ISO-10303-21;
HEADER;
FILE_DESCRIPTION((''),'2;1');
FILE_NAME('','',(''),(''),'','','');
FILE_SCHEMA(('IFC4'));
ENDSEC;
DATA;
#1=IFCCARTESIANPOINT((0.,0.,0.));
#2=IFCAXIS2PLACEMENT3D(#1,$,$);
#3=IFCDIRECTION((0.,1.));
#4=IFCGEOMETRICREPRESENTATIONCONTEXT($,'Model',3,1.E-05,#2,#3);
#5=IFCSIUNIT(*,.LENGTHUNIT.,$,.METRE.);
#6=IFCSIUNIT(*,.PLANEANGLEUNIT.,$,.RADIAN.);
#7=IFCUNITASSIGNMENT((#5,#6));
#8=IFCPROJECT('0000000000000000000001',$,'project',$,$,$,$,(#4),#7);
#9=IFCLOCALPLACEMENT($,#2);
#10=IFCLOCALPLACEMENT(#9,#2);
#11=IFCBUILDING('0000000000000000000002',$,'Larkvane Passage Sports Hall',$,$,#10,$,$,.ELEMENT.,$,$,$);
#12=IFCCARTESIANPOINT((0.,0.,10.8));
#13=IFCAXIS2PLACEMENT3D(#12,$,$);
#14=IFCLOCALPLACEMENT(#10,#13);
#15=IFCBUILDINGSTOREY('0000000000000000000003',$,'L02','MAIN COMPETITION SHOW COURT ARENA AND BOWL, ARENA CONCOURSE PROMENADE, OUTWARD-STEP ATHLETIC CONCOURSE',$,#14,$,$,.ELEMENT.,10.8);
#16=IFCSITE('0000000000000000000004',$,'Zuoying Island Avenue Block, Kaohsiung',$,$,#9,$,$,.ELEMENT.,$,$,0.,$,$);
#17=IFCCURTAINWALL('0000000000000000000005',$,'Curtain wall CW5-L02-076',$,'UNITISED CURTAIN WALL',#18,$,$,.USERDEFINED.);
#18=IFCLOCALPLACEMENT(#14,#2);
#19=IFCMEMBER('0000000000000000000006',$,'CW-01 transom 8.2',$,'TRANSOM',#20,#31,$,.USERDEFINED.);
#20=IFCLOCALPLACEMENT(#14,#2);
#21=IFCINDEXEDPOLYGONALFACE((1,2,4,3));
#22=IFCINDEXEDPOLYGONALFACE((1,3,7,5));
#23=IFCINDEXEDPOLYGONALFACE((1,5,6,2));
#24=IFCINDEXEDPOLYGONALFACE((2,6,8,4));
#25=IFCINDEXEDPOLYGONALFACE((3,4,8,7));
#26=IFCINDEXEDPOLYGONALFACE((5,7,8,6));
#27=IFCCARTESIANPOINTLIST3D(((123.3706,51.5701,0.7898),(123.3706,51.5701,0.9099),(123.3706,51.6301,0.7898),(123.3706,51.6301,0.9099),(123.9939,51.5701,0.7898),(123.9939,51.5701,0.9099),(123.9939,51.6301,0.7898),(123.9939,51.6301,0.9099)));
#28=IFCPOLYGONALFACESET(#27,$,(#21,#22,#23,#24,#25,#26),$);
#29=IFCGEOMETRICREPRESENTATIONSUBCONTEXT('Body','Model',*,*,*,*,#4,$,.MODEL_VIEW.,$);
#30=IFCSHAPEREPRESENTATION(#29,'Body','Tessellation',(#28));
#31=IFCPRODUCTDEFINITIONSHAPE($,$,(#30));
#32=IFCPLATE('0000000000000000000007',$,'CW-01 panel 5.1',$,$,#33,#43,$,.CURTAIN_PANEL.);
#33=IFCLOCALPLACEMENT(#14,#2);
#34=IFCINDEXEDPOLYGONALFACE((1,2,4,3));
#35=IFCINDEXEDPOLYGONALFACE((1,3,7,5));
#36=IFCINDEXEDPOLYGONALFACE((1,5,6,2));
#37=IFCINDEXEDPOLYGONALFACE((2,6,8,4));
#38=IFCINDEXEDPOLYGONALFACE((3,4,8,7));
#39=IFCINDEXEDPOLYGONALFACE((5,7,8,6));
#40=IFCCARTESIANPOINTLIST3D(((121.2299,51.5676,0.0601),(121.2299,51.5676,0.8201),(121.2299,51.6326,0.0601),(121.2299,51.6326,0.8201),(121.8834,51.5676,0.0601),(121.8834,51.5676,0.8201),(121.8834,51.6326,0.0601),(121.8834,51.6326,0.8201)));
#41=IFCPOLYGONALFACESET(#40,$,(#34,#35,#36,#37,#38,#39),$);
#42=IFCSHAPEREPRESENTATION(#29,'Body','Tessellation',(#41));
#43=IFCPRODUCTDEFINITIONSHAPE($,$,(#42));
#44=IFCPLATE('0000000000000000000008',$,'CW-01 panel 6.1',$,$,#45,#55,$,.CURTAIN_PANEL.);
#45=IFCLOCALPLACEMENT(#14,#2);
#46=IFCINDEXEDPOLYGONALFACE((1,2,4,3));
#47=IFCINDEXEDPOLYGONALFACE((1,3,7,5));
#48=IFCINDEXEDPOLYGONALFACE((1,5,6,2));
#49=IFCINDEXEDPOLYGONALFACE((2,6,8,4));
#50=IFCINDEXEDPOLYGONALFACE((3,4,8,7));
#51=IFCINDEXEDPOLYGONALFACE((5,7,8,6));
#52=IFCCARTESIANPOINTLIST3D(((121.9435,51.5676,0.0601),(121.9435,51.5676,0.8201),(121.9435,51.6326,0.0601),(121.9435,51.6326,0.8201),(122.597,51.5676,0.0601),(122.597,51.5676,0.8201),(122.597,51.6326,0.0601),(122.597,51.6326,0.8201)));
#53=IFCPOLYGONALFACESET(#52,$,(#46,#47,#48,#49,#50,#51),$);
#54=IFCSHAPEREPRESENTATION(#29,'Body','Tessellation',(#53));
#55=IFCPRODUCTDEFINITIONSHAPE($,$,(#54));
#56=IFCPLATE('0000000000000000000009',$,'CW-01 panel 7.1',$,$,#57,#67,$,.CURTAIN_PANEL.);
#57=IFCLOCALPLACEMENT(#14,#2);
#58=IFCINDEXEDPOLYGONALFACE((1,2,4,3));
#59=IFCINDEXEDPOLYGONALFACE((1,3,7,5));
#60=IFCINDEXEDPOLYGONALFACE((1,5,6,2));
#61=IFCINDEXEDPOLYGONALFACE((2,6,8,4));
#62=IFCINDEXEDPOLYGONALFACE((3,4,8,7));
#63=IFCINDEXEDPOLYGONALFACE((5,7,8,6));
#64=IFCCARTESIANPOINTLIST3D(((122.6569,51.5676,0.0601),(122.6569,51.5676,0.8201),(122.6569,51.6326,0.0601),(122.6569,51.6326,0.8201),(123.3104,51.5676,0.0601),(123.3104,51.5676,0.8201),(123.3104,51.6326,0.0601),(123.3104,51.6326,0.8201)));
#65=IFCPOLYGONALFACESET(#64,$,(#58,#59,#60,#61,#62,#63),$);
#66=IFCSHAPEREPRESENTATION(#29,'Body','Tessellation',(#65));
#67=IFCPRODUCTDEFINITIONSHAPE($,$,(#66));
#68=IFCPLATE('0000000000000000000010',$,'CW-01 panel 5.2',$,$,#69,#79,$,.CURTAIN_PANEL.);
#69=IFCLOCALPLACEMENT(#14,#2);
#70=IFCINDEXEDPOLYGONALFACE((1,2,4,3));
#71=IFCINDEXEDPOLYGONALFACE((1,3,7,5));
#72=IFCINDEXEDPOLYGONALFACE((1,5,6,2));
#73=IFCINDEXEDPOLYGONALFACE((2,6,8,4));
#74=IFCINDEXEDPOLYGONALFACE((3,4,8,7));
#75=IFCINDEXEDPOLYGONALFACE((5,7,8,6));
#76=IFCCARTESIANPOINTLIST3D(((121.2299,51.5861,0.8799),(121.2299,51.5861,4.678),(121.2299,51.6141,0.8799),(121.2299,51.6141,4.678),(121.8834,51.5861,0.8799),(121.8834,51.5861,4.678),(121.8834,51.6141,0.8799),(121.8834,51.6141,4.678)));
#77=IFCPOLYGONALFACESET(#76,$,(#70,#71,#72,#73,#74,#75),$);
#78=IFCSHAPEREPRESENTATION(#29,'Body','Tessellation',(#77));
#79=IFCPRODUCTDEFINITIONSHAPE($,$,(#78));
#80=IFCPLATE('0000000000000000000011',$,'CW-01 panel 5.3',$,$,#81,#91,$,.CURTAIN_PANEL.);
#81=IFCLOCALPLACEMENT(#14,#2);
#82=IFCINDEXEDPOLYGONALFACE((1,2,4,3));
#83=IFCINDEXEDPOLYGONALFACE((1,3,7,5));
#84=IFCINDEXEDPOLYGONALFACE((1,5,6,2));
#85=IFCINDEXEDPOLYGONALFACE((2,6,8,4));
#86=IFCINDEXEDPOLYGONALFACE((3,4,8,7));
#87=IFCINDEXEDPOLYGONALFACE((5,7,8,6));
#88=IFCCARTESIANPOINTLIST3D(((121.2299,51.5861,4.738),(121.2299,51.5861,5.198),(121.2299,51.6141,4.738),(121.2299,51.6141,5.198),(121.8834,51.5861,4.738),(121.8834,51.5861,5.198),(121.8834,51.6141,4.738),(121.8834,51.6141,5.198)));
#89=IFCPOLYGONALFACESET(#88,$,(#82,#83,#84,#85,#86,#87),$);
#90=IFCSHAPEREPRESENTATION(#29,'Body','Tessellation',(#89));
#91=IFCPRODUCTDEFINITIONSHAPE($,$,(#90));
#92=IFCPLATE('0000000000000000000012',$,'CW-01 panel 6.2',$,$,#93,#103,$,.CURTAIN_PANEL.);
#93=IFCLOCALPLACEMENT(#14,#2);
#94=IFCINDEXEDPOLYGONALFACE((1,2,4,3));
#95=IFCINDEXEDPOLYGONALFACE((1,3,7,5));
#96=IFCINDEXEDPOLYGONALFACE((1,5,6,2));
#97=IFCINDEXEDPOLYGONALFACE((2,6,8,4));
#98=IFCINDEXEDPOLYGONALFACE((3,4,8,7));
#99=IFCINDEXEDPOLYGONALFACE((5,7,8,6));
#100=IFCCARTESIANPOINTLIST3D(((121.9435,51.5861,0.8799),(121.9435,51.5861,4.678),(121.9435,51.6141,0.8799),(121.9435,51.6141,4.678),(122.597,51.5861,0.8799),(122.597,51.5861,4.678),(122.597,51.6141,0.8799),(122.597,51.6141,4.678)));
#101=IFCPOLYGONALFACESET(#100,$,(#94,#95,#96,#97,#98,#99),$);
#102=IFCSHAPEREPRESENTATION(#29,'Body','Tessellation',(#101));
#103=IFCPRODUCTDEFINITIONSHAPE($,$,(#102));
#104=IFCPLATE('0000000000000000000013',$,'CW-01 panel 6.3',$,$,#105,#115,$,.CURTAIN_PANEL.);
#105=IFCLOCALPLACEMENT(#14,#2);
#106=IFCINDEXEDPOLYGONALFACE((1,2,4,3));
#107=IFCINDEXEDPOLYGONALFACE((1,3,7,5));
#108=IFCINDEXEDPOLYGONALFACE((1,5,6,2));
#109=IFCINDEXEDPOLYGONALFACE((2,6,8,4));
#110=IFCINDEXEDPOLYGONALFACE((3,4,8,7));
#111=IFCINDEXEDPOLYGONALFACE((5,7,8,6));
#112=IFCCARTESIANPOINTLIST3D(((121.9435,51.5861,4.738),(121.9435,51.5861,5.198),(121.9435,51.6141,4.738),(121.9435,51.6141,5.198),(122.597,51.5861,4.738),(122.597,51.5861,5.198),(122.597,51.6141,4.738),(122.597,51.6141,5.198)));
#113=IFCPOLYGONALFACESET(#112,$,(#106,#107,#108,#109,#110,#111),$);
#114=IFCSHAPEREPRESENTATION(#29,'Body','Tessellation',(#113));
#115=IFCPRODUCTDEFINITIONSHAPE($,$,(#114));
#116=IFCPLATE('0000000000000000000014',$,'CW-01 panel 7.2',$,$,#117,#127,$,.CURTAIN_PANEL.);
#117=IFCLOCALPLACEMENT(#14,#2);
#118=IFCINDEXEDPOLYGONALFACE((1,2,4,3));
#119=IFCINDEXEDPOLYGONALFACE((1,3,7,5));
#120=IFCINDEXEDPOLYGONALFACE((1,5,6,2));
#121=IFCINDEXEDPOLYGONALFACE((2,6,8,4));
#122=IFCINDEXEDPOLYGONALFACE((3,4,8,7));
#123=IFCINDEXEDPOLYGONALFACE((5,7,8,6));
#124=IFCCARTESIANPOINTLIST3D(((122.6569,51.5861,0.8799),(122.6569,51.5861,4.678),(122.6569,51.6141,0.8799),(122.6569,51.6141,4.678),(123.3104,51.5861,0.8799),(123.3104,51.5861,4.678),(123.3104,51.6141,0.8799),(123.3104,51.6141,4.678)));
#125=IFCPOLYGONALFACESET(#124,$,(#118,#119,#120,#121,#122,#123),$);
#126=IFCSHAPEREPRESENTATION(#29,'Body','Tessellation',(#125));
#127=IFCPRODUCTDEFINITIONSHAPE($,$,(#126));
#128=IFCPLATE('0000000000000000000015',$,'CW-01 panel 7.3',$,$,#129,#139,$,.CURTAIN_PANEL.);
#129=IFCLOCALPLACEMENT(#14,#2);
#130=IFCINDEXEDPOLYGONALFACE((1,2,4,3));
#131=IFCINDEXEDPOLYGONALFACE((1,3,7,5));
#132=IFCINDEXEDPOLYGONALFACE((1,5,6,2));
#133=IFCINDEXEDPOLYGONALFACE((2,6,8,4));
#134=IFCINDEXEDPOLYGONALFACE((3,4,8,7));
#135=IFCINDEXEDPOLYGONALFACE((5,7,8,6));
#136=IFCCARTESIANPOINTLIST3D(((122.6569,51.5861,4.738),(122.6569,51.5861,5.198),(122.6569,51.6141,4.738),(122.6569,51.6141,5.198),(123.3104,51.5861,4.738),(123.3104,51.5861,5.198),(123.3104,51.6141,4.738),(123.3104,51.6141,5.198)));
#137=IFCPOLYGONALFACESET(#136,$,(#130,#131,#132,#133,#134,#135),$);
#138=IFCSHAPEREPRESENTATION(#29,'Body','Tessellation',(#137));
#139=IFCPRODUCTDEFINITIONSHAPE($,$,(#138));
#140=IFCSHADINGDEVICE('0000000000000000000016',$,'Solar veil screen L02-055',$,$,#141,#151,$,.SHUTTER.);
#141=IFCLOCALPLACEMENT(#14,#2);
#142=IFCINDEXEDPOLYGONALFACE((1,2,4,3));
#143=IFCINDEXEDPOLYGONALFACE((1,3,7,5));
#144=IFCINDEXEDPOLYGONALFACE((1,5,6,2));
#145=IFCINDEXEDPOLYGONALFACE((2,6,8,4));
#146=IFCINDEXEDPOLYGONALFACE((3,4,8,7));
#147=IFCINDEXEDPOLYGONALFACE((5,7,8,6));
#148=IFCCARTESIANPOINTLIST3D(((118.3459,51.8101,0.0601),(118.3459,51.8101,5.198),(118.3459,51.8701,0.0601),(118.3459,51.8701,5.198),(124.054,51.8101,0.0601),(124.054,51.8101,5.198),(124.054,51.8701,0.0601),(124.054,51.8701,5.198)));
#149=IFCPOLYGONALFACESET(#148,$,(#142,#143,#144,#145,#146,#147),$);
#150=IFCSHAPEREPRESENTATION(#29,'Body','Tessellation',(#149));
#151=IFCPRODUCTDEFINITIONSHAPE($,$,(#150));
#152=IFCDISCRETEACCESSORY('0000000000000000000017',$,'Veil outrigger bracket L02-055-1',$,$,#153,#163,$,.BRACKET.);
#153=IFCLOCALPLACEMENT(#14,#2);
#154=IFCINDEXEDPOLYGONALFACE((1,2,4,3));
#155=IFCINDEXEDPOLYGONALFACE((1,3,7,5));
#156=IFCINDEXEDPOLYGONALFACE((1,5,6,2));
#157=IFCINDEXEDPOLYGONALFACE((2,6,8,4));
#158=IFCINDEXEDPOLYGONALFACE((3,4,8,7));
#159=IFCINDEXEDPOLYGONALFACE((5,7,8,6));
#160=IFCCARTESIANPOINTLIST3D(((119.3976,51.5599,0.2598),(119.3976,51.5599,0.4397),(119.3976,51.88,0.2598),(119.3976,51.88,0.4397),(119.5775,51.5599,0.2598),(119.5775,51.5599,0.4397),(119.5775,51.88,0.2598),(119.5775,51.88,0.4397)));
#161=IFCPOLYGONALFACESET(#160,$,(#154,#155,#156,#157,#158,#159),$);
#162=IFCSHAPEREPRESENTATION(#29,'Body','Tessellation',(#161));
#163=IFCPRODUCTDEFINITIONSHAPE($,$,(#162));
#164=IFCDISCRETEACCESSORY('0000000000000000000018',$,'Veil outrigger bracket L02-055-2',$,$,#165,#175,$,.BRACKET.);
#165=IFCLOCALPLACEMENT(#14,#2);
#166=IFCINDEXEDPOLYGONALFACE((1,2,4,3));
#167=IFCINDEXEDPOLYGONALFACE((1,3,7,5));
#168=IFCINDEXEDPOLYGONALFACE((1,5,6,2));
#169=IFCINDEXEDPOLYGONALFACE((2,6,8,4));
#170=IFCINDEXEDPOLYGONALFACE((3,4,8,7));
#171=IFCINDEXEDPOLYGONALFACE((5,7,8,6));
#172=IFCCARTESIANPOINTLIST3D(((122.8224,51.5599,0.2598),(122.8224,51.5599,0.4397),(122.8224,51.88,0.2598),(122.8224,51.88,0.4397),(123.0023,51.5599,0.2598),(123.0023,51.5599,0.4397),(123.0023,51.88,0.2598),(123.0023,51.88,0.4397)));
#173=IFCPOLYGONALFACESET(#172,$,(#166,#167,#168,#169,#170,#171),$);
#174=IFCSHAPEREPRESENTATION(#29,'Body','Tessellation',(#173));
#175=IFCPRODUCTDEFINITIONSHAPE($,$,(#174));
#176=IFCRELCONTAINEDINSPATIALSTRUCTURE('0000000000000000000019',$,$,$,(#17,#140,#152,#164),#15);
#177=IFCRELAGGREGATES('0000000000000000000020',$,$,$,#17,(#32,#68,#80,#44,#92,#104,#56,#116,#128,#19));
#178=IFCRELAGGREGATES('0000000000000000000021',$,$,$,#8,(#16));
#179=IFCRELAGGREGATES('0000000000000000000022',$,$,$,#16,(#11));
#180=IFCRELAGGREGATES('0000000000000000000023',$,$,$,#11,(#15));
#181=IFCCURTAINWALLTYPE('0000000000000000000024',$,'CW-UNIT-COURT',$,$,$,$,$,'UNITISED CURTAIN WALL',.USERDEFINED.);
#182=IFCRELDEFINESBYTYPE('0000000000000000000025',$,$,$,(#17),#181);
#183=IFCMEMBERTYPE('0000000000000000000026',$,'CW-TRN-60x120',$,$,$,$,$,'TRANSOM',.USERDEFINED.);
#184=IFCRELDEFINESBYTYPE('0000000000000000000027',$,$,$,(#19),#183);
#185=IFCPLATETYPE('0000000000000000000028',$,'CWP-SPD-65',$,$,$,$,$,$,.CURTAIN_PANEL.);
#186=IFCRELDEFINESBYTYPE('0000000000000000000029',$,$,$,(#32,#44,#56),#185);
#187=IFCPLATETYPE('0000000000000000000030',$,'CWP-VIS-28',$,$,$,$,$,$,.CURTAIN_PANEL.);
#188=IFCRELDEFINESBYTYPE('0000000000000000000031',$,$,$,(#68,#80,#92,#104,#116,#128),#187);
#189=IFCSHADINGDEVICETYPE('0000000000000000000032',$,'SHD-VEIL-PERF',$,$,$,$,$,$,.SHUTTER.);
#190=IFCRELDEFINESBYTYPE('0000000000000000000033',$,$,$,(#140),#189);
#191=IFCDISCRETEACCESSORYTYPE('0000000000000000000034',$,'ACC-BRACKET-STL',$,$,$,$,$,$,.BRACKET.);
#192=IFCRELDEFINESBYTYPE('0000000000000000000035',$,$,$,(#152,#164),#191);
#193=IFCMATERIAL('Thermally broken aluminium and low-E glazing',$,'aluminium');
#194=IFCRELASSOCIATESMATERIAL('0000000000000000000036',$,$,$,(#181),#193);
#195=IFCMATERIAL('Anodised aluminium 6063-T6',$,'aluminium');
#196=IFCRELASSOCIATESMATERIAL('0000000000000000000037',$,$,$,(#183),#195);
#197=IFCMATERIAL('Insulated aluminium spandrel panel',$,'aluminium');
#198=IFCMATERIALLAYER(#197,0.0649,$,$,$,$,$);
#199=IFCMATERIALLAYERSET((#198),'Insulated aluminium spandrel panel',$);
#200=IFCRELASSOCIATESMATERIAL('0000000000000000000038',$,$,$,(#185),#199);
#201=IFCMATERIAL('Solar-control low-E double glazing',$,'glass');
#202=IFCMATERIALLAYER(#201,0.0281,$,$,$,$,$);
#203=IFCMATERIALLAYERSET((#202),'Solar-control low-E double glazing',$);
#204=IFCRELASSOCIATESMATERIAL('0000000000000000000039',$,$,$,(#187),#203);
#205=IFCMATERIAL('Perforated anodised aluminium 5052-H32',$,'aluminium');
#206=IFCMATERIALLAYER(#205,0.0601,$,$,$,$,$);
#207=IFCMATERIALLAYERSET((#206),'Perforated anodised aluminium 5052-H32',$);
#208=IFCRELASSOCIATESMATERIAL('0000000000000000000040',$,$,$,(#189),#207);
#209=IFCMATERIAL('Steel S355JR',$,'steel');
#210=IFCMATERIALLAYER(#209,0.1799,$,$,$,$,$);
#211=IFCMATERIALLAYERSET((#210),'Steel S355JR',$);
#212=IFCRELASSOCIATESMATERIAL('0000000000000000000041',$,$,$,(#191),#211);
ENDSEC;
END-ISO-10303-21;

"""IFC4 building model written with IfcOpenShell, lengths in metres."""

from ifc_helpers import new_model, si_unit, direction, frame, origin, origin_2d, place, context, subcontext, project, spatial, rectangle, extrude, material, layer, layer_set, material_profile, profile_set, type_object, element, aggregate, save


model = new_model("IFC4")

# Units and contexts
model_context = context("Model", 3, precision=1e-05, world=origin(), true_north=direction((0.0, 1.0)))
body_context = subcontext(model_context, "Body", "Model", "MODEL_VIEW")
ifc_project = project(units=[si_unit("LENGTHUNIT", "METRE"), si_unit("PLANEANGLEUNIT", "RADIAN")], contexts=[model_context])

# Site, building, storey
site_placement = place(None, origin())
site = spatial("IfcSite", under=ifc_project, at=site_placement, Name="Zuoying Island Avenue Block, Kaohsiung", CompositionType="ELEMENT", RefElevation=0.0)
building_placement = place(site_placement, origin())
building = spatial("IfcBuilding", under=site, at=building_placement, Name="Larkvane Passage Sports Hall", CompositionType="ELEMENT")
storey_placement = place(building_placement, frame((0.0, 0.0, 10.8)))
storey = spatial("IfcBuildingStorey", under=building, at=storey_placement, Name="L02", Description="MAIN COMPETITION SHOW COURT ARENA AND BOWL, ARENA CONCOURSE PROMENADE, OUTWARD-STEP ATHLETIC CONCOURSE", CompositionType="ELEMENT", Elevation=10.8)

# Curtain wall, member, plates
ifc_material_1 = material(Name="Thermally broken aluminium and low-E glazing", Category="aluminium")
curtain_wall_type = type_object("IfcCurtainWallType", Name="CW-UNIT-COURT", ElementType="UNITISED CURTAIN WALL", PredefinedType="USERDEFINED", material=ifc_material_1)
curtain_wall_placement = place(storey_placement, origin())
curtain_wall = element("IfcCurtainWall", 1, at=curtain_wall_placement, inside=storey, type_object=curtain_wall_type, Name="Curtain wall CW5-L02-076", ObjectType="UNITISED CURTAIN WALL", PredefinedType="USERDEFINED")
ifc_material_2 = material(Name="Anodised aluminium 6063-T6", Category="aluminium")
ifc_material_profile_1 = material_profile(ifc_material_2, rectangle(XDim=0.0601, YDim=0.1201, at=origin_2d()), Name="ALU-TRN-60x120")
ifc_profile_set_1 = profile_set([ifc_material_profile_1], Name="Anodised aluminium 6063-T6")
member_type_1 = type_object("IfcMemberType", Name="CW-TRN-60x120", ElementType="TRANSOM", PredefinedType="USERDEFINED", material=ifc_profile_set_1)
member_1_placement = place(storey_placement, frame((123.3706, 51.6001, 0.8499), z_axis=(1.0, 0.0, 0.0), x_axis=(0.0, 1.0, 0.0)))
member_1 = element("IfcMember", 2, at=member_1_placement, type_object=member_type_1, Name="CW-01 transom 8.2", ObjectType="TRANSOM", PredefinedType="USERDEFINED", context=body_context, shape_type="SweptSolid", body=[
    extrude(rectangle(XDim=0.0601, YDim=0.1201, at=origin_2d()), origin(), (0.0, 0.0, 1.0), 0.6233),
])
ifc_material_3 = material(Name="Insulated aluminium spandrel panel", Category="aluminium")
ifc_layer_1 = layer(ifc_material_3, 0.0649)
ifc_layer_set_1 = layer_set([ifc_layer_1], Name="Insulated aluminium spandrel panel")
plate_type_1 = type_object("IfcPlateType", Name="CWP-SPD-65", PredefinedType="CURTAIN_PANEL", material=ifc_layer_set_1)
plate_1_placement = place(storey_placement, frame((121.5566, 51.6001, 0.0601), z_axis=(0.0, 0.0, 1.0), x_axis=(1.0, 0.0, 0.0)))
plate_1 = element("IfcPlate", 3, at=plate_1_placement, type_object=plate_type_1, Name="CW-01 panel 5.1", PredefinedType="CURTAIN_PANEL", context=body_context, shape_type="SweptSolid", body=[
    extrude(rectangle(XDim=0.6536, YDim=0.0649, at=origin_2d()), origin(), (0.0, 0.0, 1.0), 0.76),
])
plate_2_placement = place(storey_placement, frame((122.2703, 51.6001, 0.0601), z_axis=(0.0, 0.0, 1.0), x_axis=(1.0, 0.0, 0.0)))
plate_2 = element("IfcPlate", 4, at=plate_2_placement, type_object=plate_type_1, Name="CW-01 panel 6.1", PredefinedType="CURTAIN_PANEL", context=body_context, shape_type="SweptSolid", body=[
    extrude(rectangle(XDim=0.6536, YDim=0.0649, at=origin_2d()), origin(), (0.0, 0.0, 1.0), 0.76),
])
plate_3_placement = place(storey_placement, frame((122.9836, 51.6001, 0.0601), z_axis=(0.0, 0.0, 1.0), x_axis=(1.0, 0.0, 0.0)))
plate_3 = element("IfcPlate", 5, at=plate_3_placement, type_object=plate_type_1, Name="CW-01 panel 7.1", PredefinedType="CURTAIN_PANEL", context=body_context, shape_type="SweptSolid", body=[
    extrude(rectangle(XDim=0.6536, YDim=0.0649, at=origin_2d()), origin(), (0.0, 0.0, 1.0), 0.76),
])
ifc_material_4 = material(Name="Solar-control low-E double glazing", Category="glass")
ifc_layer_2 = layer(ifc_material_4, 0.0281)
ifc_layer_set_2 = layer_set([ifc_layer_2], Name="Solar-control low-E double glazing")
plate_type_2 = type_object("IfcPlateType", Name="CWP-VIS-28", PredefinedType="CURTAIN_PANEL", material=ifc_layer_set_2)
plate_4_placement = place(storey_placement, frame((121.5566, 51.6001, 0.8799), z_axis=(0.0, 0.0, 1.0), x_axis=(1.0, 0.0, 0.0)))
plate_4 = element("IfcPlate", 6, at=plate_4_placement, type_object=plate_type_2, Name="CW-01 panel 5.2", PredefinedType="CURTAIN_PANEL", context=body_context, shape_type="SweptSolid", body=[
    extrude(rectangle(XDim=0.6536, YDim=0.0281, at=origin_2d()), origin(), (0.0, 0.0, 1.0), 3.7981),
])
plate_5_placement = place(storey_placement, frame((121.5566, 51.6001, 4.738), z_axis=(0.0, 0.0, 1.0), x_axis=(1.0, 0.0, 0.0)))
plate_5 = element("IfcPlate", 7, at=plate_5_placement, type_object=plate_type_2, Name="CW-01 panel 5.3", PredefinedType="CURTAIN_PANEL", context=body_context, shape_type="SweptSolid", body=[
    extrude(rectangle(XDim=0.6536, YDim=0.0281, at=origin_2d()), origin(), (0.0, 0.0, 1.0), 0.46),
])
plate_6_placement = place(storey_placement, frame((122.2703, 51.6001, 0.8799), z_axis=(0.0, 0.0, 1.0), x_axis=(1.0, 0.0, 0.0)))
plate_6 = element("IfcPlate", 8, at=plate_6_placement, type_object=plate_type_2, Name="CW-01 panel 6.2", PredefinedType="CURTAIN_PANEL", context=body_context, shape_type="SweptSolid", body=[
    extrude(rectangle(XDim=0.6536, YDim=0.0281, at=origin_2d()), origin(), (0.0, 0.0, 1.0), 3.7981),
])
plate_7_placement = place(storey_placement, frame((122.2703, 51.6001, 4.738), z_axis=(0.0, 0.0, 1.0), x_axis=(1.0, 0.0, 0.0)))
plate_7 = element("IfcPlate", 9, at=plate_7_placement, type_object=plate_type_2, Name="CW-01 panel 6.3", PredefinedType="CURTAIN_PANEL", context=body_context, shape_type="SweptSolid", body=[
    extrude(rectangle(XDim=0.6536, YDim=0.0281, at=origin_2d()), origin(), (0.0, 0.0, 1.0), 0.46),
])
plate_8_placement = place(storey_placement, frame((122.9836, 51.6001, 0.8799), z_axis=(0.0, 0.0, 1.0), x_axis=(1.0, 0.0, 0.0)))
plate_8 = element("IfcPlate", 10, at=plate_8_placement, type_object=plate_type_2, Name="CW-01 panel 7.2", PredefinedType="CURTAIN_PANEL", context=body_context, shape_type="SweptSolid", body=[
    extrude(rectangle(XDim=0.6536, YDim=0.0281, at=origin_2d()), origin(), (0.0, 0.0, 1.0), 3.7981),
])
plate_9_placement = place(storey_placement, frame((122.9836, 51.6001, 4.738), z_axis=(0.0, 0.0, 1.0), x_axis=(1.0, 0.0, 0.0)))
plate_9 = element("IfcPlate", 11, at=plate_9_placement, type_object=plate_type_2, Name="CW-01 panel 7.3", PredefinedType="CURTAIN_PANEL", context=body_context, shape_type="SweptSolid", body=[
    extrude(rectangle(XDim=0.6536, YDim=0.0281, at=origin_2d()), origin(), (0.0, 0.0, 1.0), 0.46),
])
aggregate(curtain_wall, [plate_1, plate_4, plate_5, plate_2, plate_6, plate_7, plate_3, plate_8, plate_9, member_1])

# Shading device
ifc_material_5 = material(Name="Perforated anodised aluminium 5052-H32", Category="aluminium")
ifc_layer_3 = layer(ifc_material_5, 0.0601)
ifc_layer_set_3 = layer_set([ifc_layer_3], Name="Perforated anodised aluminium 5052-H32")
shading_device_type = type_object("IfcShadingDeviceType", Name="SHD-VEIL-PERF", PredefinedType="SHUTTER", material=ifc_layer_set_3)
shading_device_placement = place(storey_placement, frame((121.2, 51.8401, 0.0601), z_axis=(0.0, 0.0, 1.0), x_axis=(1.0, 0.0, 0.0)))
element("IfcShadingDevice", 12, at=shading_device_placement, inside=storey, type_object=shading_device_type, Name="Solar veil screen L02-055", PredefinedType="SHUTTER", context=body_context, shape_type="SweptSolid", body=[
    extrude(rectangle(XDim=5.708, YDim=0.0601, at=origin_2d()), origin(), (0.0, 0.0, 1.0), 5.1379),
])

# Discrete accessories
ifc_material_6 = material(Name="Steel S355JR", Category="steel")
ifc_layer_4 = layer(ifc_material_6, 0.1799)
ifc_layer_set_4 = layer_set([ifc_layer_4], Name="Steel S355JR")
discrete_accessory_type = type_object("IfcDiscreteAccessoryType", Name="ACC-BRACKET-STL", PredefinedType="BRACKET", material=ifc_layer_set_4)
for number, where, z_axis, x_axis, name in (
    (13, (119.4875, 51.72, 0.2598), (0.0, 0.0, 1.0), (1.0, 0.0, 0.0), "Veil outrigger bracket L02-055-1"),
    (14, (122.9124, 51.72, 0.2598), (0.0, 0.0, 1.0), (1.0, 0.0, 0.0), "Veil outrigger bracket L02-055-2"),
):
    element("IfcDiscreteAccessory", number, at=place(storey_placement, frame(where, z_axis=z_axis, x_axis=x_axis)), inside=storey, type_object=discrete_accessory_type, Name=name, PredefinedType="BRACKET", context=body_context, shape_type="SweptSolid", body=[
        extrude(rectangle(XDim=0.1799, YDim=0.3201, at=origin_2d()), origin(), (0.0, 0.0, 1.0), 0.1799),
    ])

save(model, "model.ifc")
